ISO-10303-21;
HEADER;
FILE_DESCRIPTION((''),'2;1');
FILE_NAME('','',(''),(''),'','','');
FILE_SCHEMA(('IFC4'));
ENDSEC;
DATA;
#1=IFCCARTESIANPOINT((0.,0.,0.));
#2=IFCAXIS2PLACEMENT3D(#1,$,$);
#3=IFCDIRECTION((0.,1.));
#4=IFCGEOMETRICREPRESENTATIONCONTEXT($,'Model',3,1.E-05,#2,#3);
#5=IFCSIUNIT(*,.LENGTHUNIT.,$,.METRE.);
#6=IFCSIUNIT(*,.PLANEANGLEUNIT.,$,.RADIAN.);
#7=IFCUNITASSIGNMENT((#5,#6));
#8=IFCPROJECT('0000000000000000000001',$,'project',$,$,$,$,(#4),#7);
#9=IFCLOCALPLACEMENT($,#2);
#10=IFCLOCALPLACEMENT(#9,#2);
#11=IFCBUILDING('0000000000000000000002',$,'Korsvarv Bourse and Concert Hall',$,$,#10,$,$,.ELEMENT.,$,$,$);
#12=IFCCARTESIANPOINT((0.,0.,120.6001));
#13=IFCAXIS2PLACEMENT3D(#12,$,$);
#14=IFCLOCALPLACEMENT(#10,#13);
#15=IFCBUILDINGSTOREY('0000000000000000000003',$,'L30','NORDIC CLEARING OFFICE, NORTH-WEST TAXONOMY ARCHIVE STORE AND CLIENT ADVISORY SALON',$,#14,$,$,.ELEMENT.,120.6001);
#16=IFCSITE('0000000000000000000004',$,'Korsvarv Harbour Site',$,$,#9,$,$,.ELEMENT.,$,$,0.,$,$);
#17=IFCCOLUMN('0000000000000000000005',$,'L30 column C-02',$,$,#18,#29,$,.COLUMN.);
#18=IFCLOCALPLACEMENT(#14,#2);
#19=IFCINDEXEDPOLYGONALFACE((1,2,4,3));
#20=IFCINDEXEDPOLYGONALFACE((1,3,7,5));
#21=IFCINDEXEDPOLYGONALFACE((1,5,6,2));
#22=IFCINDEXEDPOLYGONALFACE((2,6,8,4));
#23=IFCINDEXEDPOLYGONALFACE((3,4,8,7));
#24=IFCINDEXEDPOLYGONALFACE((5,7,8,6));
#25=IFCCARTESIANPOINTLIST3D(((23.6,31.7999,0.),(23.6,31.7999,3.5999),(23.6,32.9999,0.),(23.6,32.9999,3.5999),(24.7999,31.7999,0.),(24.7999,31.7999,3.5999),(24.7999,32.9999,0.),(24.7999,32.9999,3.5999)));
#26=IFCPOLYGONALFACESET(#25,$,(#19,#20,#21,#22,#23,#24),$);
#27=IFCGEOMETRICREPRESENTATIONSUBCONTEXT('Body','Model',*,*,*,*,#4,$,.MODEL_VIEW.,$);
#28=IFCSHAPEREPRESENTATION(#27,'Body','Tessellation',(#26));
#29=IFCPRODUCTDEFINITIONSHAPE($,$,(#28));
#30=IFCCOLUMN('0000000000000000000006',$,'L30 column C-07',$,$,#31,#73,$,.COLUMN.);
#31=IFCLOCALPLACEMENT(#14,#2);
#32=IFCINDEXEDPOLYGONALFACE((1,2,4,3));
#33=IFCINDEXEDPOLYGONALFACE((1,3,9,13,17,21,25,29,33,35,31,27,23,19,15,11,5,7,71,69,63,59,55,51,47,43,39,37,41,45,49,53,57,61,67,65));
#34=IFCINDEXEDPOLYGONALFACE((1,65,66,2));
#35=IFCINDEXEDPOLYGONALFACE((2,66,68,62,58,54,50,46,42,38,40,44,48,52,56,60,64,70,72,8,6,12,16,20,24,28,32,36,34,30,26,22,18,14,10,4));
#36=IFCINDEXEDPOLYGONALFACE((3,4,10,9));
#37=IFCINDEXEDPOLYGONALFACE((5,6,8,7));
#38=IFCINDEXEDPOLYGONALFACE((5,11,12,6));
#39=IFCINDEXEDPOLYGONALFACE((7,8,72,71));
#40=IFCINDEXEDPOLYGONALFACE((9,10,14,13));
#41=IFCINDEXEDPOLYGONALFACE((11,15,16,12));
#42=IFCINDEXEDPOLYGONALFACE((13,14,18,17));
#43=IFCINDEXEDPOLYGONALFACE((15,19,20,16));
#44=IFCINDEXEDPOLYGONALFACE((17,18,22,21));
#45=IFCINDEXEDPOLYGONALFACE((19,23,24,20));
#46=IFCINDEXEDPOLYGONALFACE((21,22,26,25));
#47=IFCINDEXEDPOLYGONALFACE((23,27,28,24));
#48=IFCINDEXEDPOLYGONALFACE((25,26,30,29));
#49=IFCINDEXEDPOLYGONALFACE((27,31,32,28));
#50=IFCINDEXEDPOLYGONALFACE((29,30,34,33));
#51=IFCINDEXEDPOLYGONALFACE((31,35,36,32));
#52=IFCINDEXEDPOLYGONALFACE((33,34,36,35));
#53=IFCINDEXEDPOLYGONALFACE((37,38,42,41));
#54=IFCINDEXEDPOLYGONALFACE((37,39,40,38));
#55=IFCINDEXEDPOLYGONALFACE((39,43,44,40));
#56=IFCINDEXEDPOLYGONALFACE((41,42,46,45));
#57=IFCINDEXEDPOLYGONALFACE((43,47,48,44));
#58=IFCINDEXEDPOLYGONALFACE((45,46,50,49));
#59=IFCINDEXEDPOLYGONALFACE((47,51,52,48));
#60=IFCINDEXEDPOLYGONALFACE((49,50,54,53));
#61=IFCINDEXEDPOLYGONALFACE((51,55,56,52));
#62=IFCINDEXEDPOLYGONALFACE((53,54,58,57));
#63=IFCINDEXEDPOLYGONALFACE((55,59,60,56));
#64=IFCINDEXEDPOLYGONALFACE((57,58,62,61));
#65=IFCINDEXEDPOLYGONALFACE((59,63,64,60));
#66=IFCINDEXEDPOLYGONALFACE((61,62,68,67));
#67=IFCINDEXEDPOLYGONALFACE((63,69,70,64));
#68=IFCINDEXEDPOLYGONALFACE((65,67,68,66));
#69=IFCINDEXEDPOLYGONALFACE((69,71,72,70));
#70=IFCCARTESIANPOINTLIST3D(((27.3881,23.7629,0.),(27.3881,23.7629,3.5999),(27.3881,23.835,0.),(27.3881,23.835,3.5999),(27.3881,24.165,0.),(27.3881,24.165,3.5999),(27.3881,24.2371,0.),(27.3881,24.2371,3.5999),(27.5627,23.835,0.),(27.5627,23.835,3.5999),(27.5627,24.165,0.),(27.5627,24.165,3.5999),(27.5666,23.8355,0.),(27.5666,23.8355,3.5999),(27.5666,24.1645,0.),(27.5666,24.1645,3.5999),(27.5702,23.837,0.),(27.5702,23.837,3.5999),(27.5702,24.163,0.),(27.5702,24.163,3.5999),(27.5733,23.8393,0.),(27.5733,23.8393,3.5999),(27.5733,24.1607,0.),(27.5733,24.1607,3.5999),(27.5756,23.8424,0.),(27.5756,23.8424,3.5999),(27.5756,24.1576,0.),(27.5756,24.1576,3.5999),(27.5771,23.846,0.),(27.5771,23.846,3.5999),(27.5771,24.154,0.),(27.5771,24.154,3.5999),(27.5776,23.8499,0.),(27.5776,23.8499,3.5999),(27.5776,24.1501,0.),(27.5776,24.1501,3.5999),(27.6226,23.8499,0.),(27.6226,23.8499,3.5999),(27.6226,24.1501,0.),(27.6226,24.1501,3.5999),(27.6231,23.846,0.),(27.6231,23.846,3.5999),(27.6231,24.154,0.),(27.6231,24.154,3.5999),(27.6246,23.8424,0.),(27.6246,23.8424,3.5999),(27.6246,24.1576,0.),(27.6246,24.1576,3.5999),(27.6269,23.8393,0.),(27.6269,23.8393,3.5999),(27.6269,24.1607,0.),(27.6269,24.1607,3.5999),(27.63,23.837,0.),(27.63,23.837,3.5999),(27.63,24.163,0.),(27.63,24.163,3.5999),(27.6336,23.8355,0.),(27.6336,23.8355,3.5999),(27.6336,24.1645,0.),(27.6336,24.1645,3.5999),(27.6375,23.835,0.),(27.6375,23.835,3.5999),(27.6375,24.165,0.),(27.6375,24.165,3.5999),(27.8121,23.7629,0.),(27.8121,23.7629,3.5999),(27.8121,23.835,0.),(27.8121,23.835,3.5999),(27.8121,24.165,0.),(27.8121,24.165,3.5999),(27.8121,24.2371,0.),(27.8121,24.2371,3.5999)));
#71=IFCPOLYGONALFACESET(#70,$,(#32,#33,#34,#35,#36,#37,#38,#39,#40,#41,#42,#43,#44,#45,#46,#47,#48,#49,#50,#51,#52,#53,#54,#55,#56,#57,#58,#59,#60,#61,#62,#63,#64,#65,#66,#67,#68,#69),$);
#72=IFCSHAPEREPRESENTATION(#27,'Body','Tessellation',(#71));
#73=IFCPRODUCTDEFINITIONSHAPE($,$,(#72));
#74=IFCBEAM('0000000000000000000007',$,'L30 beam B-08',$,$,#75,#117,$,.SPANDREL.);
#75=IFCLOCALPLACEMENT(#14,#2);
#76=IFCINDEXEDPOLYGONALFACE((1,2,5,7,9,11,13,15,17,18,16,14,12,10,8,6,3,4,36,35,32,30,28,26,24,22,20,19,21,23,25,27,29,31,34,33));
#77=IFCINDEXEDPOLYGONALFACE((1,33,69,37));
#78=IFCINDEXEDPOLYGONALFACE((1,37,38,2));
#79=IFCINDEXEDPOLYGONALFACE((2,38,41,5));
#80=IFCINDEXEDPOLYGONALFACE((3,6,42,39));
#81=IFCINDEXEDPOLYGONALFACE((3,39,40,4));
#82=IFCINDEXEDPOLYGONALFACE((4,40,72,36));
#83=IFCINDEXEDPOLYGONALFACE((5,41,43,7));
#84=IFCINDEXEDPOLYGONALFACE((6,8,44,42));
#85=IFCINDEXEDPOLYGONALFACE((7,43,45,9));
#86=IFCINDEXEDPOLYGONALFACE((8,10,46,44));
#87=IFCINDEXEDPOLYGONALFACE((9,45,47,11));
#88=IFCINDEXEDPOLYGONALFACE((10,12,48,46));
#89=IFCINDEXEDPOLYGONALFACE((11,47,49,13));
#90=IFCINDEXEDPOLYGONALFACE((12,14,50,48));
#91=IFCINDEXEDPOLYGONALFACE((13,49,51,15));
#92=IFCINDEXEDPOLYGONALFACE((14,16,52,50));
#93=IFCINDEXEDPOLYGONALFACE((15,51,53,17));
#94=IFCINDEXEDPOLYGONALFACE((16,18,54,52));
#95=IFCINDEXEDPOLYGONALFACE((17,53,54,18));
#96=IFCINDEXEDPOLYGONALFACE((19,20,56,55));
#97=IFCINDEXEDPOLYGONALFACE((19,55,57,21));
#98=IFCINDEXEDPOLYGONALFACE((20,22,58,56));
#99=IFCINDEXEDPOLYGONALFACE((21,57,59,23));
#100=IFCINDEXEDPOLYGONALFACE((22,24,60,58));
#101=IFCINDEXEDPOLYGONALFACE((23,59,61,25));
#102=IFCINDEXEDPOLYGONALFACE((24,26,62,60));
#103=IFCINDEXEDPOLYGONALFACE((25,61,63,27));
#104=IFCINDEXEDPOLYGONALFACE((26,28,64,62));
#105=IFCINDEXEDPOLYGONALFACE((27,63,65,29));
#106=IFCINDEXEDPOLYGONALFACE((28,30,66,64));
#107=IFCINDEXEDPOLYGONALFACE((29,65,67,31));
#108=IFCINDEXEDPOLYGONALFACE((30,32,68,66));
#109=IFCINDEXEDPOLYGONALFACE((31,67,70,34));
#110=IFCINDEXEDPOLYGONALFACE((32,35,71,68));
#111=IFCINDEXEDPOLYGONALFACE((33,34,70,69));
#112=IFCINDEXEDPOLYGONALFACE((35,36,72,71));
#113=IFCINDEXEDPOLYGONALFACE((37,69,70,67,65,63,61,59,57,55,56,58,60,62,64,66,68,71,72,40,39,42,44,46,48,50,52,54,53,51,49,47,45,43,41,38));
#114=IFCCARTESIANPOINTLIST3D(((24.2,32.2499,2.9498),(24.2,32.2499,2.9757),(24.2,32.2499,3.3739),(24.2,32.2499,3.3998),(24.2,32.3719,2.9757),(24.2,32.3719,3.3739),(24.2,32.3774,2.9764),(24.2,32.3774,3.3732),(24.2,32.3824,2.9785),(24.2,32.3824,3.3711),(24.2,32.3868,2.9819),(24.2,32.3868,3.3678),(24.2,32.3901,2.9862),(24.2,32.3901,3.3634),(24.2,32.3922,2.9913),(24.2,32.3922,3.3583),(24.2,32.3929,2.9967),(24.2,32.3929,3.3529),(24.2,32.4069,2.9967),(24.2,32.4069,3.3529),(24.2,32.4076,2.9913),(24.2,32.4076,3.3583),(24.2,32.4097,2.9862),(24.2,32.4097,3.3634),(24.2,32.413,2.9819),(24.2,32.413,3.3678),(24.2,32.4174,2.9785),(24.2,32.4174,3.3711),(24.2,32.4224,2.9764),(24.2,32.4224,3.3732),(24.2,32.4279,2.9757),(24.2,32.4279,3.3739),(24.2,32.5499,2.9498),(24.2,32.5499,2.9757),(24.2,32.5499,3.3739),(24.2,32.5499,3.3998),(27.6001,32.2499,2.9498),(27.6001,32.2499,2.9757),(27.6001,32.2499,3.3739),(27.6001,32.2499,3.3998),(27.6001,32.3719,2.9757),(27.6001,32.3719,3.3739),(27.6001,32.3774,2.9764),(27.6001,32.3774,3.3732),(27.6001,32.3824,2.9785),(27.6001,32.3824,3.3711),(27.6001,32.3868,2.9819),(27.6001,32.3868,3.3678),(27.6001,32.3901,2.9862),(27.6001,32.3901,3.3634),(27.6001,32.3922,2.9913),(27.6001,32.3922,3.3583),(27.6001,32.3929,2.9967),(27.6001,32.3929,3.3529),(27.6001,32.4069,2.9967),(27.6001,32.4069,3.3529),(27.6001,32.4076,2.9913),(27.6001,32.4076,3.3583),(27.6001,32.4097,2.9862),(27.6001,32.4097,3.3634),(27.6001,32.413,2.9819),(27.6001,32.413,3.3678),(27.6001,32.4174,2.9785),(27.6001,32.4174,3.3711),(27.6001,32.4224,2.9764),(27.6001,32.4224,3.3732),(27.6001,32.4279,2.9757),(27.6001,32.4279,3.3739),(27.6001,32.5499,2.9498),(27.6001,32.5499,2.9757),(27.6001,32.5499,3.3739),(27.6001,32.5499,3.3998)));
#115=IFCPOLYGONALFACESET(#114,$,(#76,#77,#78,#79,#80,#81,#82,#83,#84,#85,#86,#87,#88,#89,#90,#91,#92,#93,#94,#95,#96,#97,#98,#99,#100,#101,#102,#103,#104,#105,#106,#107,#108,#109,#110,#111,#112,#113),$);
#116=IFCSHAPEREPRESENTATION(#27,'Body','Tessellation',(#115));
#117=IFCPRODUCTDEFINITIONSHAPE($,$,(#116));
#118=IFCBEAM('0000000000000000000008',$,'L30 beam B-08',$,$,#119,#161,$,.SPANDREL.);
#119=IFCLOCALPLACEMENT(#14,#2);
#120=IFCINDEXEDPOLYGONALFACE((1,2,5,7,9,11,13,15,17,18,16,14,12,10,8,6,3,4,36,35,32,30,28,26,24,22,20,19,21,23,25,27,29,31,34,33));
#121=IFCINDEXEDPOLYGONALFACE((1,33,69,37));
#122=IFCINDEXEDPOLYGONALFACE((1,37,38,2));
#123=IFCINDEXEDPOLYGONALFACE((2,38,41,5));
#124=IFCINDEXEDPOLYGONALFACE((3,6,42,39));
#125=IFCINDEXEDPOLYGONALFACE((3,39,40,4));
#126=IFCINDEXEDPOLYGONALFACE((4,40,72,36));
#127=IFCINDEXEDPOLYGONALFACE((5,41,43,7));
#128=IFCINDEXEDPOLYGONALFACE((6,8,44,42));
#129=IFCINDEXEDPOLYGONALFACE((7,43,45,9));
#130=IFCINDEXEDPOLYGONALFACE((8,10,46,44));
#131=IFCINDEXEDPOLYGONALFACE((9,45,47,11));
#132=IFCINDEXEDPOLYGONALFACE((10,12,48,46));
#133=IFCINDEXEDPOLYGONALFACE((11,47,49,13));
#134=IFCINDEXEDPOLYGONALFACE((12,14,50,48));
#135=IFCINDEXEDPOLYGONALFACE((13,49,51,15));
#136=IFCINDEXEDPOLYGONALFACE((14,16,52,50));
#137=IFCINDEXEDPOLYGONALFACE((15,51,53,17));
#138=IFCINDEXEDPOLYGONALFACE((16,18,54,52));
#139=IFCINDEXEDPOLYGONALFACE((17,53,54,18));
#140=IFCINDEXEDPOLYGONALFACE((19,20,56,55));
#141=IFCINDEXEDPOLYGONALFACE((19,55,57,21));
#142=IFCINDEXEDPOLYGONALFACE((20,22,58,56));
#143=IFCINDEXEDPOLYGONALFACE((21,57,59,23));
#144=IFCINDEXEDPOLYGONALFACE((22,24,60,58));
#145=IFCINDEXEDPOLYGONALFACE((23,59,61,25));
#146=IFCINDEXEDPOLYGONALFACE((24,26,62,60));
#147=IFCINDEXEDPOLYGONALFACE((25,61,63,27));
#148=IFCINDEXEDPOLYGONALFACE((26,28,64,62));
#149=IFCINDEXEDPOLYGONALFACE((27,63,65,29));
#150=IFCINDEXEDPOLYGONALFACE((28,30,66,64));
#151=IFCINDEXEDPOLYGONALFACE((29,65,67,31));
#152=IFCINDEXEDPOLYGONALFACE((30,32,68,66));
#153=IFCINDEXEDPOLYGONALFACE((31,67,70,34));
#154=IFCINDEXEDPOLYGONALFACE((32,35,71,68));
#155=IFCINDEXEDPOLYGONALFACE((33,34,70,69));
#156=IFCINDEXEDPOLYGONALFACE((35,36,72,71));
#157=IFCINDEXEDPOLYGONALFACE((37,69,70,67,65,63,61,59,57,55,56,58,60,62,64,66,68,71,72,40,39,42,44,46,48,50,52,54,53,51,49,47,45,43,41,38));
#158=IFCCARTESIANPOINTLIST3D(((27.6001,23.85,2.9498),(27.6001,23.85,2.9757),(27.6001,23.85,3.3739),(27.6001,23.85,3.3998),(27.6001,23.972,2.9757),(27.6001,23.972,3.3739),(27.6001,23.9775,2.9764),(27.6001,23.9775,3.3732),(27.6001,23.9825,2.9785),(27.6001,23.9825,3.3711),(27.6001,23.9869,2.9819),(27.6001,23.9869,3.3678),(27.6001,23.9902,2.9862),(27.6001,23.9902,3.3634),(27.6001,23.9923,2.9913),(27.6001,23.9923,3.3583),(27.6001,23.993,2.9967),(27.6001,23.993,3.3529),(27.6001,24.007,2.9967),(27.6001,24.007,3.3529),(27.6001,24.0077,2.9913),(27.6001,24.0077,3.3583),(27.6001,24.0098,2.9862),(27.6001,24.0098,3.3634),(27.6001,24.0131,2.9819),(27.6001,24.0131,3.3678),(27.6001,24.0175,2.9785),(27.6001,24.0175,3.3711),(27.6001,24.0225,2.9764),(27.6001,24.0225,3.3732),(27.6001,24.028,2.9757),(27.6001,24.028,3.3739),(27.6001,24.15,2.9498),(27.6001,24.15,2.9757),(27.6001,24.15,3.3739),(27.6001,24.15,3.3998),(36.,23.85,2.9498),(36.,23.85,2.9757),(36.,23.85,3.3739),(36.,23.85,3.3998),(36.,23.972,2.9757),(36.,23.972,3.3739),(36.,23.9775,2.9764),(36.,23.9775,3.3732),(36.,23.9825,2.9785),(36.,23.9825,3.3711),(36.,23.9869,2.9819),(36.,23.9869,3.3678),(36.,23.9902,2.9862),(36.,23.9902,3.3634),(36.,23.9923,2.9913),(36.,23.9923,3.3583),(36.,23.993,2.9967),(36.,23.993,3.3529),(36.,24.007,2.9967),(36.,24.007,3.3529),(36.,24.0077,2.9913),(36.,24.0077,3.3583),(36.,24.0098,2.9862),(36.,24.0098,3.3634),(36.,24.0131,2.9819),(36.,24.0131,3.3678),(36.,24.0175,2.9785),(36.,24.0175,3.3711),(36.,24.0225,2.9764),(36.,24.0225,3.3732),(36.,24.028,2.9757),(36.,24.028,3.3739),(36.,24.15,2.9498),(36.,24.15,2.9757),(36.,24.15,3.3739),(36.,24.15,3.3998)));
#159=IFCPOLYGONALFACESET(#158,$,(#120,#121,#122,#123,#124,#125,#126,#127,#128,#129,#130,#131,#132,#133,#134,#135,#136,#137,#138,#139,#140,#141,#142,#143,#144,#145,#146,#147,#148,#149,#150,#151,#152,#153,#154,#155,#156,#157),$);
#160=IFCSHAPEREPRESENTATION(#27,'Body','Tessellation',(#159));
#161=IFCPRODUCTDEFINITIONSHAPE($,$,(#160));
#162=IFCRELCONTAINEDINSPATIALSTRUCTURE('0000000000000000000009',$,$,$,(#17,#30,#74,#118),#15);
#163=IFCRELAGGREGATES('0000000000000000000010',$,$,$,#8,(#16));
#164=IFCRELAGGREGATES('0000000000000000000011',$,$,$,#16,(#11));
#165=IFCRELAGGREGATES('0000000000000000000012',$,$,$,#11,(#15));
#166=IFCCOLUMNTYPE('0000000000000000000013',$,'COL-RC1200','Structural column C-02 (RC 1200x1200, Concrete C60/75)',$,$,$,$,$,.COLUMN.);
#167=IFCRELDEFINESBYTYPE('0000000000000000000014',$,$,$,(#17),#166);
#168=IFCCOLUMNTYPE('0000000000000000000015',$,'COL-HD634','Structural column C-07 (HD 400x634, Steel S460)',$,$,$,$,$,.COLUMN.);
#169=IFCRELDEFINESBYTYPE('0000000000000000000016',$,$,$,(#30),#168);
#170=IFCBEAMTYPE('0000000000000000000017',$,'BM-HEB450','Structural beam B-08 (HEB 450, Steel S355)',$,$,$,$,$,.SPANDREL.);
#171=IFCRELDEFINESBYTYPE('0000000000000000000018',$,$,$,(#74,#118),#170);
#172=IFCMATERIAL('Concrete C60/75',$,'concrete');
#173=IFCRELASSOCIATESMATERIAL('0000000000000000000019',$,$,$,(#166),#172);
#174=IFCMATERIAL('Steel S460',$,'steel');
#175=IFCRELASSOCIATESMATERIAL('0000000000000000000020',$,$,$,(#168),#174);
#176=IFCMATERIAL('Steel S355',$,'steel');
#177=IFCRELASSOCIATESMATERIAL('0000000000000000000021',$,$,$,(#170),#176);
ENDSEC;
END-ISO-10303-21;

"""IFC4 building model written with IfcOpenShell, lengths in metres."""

from ifc_helpers import new_model, si_unit, direction, frame, origin, origin_2d, place, context, subcontext, project, spatial, rectangle, i_section, extrude, source, transform, mapped, material, material_profile, profile_set, type_object, element, save


model = new_model("IFC4")

# Units and contexts
model_context = context("Model", 3, precision=1e-05, world=origin(), true_north=direction((0.0, 1.0)))
body_context = subcontext(model_context, "Body", "Model", "MODEL_VIEW")
ifc_project = project(units=[si_unit("LENGTHUNIT", "METRE"), si_unit("PLANEANGLEUNIT", "RADIAN")], contexts=[model_context])

# Site, building, storey
site_placement = place(None, origin())
site = spatial("IfcSite", under=ifc_project, at=site_placement, Name="Korsvarv Harbour Site", CompositionType="ELEMENT", RefElevation=0.0)
building_placement = place(site_placement, origin())
building = spatial("IfcBuilding", under=site, at=building_placement, Name="Korsvarv Bourse and Concert Hall", CompositionType="ELEMENT")
storey_placement = place(building_placement, frame((0.0, 0.0, 120.6001)))
storey = spatial("IfcBuildingStorey", under=building, at=storey_placement, Name="L30", Description="NORDIC CLEARING OFFICE, NORTH-WEST TAXONOMY ARCHIVE STORE AND CLIENT ADVISORY SALON", CompositionType="ELEMENT", Elevation=120.6001)

# Columns
ifc_material_1 = material(Name="Concrete C60/75", Category="concrete")
ifc_material_profile_1 = material_profile(ifc_material_1, rectangle(XDim=1.2, YDim=1.2, at=origin_2d()), Name="RC 1200x1200")
ifc_profile_set_1 = profile_set([ifc_material_profile_1], Name="Concrete C60/75")
column_type_1 = type_object("IfcColumnType", Name="COL-RC1200", Description="Structural column C-02 (RC 1200x1200, Concrete C60/75)", PredefinedType="COLUMN", material=ifc_profile_set_1)
shared_shape_1 = source(origin(), body_context, "Body", "SweptSolid", [
    extrude(rectangle(XDim=1.2, YDim=1.2, at=origin_2d()), origin(), (0.0, 0.0, 1.0), 3.5999),
])
column_1_placement = place(storey_placement, frame((24.2, 32.3999, 0.0), z_axis=(0.0, 0.0, 1.0), x_axis=(1.0, 0.0, 0.0)))
element("IfcColumn", 1, at=column_1_placement, inside=storey, type_object=column_type_1, Name="L30 column C-02", PredefinedType="COLUMN", context=body_context, shape_type="MappedRepresentation", body=[
    mapped(shared_shape_1, transform((0.0, 0.0, 0.0), scale=1.0)),
])
ifc_material_2 = material(Name="Steel S460", Category="steel")
ifc_material_profile_2 = material_profile(ifc_material_2, i_section(OverallWidth=0.4241, OverallDepth=0.4741, WebThickness=0.0449, FlangeThickness=0.072, FilletRadius=0.0149, at=origin_2d()), Name="HD 400x634")
ifc_profile_set_2 = profile_set([ifc_material_profile_2], Name="Steel S460")
column_type_2 = type_object("IfcColumnType", Name="COL-HD634", Description="Structural column C-07 (HD 400x634, Steel S460)", PredefinedType="COLUMN", material=ifc_profile_set_2)
shared_shape_2 = source(origin(), body_context, "Body", "SweptSolid", [
    extrude(i_section(OverallWidth=0.4241, OverallDepth=0.4741, WebThickness=0.0449, FlangeThickness=0.072, FilletRadius=0.0149, at=origin_2d()), origin(), (0.0, 0.0, 1.0), 3.5999),
])
column_2_placement = place(storey_placement, frame((27.6001, 24.0, 0.0), z_axis=(0.0, 0.0, 1.0), x_axis=(1.0, 0.0, 0.0)))
element("IfcColumn", 2, at=column_2_placement, inside=storey, type_object=column_type_2, Name="L30 column C-07", PredefinedType="COLUMN", context=body_context, shape_type="MappedRepresentation", body=[
    mapped(shared_shape_2, transform((0.0, 0.0, 0.0), scale=1.0)),
])

# Beams
ifc_material_3 = material(Name="Steel S355", Category="steel")
ifc_material_profile_3 = material_profile(ifc_material_3, i_section(OverallWidth=0.3, OverallDepth=0.45, WebThickness=0.0139, FlangeThickness=0.0259, FilletRadius=0.021, at=origin_2d()), Name="HEB 450")
ifc_profile_set_3 = profile_set([ifc_material_profile_3], Name="Steel S355")
beam_type = type_object("IfcBeamType", Name="BM-HEB450", Description="Structural beam B-08 (HEB 450, Steel S355)", PredefinedType="SPANDREL", material=ifc_profile_set_3)
shared_shape_3 = source(origin(), body_context, "Body", "SweptSolid", [
    extrude(i_section(OverallWidth=0.3, OverallDepth=0.45, WebThickness=0.0139, FlangeThickness=0.0259, FilletRadius=0.021, at=origin_2d()), origin(), (0.0, 0.0, 1.0), 3.4001),
])
beam_placement = place(storey_placement, frame((24.2, 32.3999, 3.1748), z_axis=(1.0, 0.0, 0.0), x_axis=(0.0, 1.0, 0.0)))
element("IfcBeam", 3, at=beam_placement, inside=storey, type_object=beam_type, Name="L30 beam B-08", PredefinedType="SPANDREL", context=body_context, shape_type="MappedRepresentation", body=[
    mapped(shared_shape_3, transform((0.0, 0.0, 0.0), scale=1.0)),
])
shared_shape_4 = source(origin(), body_context, "Body", "SweptSolid", [
    extrude(i_section(OverallWidth=0.3, OverallDepth=0.45, WebThickness=0.0139, FlangeThickness=0.0259, FilletRadius=0.021, at=origin_2d()), origin(), (0.0, 0.0, 1.0), 8.3999),
])
for number, where, z_axis, x_axis, name in (
    (4, (27.6001, 24.0, 3.1748), (1.0, 0.0, 0.0), (0.0, 1.0, 0.0), "L30 beam B-08"),
):
    element("IfcBeam", number, at=place(storey_placement, frame(where, z_axis=z_axis, x_axis=x_axis)), inside=storey, type_object=beam_type, Name=name, PredefinedType="SPANDREL", context=body_context, shape_type="MappedRepresentation", body=[
        mapped(shared_shape_4, transform((0.0, 0.0, 0.0), scale=1.0)),
    ])

save(model, "model.ifc")
